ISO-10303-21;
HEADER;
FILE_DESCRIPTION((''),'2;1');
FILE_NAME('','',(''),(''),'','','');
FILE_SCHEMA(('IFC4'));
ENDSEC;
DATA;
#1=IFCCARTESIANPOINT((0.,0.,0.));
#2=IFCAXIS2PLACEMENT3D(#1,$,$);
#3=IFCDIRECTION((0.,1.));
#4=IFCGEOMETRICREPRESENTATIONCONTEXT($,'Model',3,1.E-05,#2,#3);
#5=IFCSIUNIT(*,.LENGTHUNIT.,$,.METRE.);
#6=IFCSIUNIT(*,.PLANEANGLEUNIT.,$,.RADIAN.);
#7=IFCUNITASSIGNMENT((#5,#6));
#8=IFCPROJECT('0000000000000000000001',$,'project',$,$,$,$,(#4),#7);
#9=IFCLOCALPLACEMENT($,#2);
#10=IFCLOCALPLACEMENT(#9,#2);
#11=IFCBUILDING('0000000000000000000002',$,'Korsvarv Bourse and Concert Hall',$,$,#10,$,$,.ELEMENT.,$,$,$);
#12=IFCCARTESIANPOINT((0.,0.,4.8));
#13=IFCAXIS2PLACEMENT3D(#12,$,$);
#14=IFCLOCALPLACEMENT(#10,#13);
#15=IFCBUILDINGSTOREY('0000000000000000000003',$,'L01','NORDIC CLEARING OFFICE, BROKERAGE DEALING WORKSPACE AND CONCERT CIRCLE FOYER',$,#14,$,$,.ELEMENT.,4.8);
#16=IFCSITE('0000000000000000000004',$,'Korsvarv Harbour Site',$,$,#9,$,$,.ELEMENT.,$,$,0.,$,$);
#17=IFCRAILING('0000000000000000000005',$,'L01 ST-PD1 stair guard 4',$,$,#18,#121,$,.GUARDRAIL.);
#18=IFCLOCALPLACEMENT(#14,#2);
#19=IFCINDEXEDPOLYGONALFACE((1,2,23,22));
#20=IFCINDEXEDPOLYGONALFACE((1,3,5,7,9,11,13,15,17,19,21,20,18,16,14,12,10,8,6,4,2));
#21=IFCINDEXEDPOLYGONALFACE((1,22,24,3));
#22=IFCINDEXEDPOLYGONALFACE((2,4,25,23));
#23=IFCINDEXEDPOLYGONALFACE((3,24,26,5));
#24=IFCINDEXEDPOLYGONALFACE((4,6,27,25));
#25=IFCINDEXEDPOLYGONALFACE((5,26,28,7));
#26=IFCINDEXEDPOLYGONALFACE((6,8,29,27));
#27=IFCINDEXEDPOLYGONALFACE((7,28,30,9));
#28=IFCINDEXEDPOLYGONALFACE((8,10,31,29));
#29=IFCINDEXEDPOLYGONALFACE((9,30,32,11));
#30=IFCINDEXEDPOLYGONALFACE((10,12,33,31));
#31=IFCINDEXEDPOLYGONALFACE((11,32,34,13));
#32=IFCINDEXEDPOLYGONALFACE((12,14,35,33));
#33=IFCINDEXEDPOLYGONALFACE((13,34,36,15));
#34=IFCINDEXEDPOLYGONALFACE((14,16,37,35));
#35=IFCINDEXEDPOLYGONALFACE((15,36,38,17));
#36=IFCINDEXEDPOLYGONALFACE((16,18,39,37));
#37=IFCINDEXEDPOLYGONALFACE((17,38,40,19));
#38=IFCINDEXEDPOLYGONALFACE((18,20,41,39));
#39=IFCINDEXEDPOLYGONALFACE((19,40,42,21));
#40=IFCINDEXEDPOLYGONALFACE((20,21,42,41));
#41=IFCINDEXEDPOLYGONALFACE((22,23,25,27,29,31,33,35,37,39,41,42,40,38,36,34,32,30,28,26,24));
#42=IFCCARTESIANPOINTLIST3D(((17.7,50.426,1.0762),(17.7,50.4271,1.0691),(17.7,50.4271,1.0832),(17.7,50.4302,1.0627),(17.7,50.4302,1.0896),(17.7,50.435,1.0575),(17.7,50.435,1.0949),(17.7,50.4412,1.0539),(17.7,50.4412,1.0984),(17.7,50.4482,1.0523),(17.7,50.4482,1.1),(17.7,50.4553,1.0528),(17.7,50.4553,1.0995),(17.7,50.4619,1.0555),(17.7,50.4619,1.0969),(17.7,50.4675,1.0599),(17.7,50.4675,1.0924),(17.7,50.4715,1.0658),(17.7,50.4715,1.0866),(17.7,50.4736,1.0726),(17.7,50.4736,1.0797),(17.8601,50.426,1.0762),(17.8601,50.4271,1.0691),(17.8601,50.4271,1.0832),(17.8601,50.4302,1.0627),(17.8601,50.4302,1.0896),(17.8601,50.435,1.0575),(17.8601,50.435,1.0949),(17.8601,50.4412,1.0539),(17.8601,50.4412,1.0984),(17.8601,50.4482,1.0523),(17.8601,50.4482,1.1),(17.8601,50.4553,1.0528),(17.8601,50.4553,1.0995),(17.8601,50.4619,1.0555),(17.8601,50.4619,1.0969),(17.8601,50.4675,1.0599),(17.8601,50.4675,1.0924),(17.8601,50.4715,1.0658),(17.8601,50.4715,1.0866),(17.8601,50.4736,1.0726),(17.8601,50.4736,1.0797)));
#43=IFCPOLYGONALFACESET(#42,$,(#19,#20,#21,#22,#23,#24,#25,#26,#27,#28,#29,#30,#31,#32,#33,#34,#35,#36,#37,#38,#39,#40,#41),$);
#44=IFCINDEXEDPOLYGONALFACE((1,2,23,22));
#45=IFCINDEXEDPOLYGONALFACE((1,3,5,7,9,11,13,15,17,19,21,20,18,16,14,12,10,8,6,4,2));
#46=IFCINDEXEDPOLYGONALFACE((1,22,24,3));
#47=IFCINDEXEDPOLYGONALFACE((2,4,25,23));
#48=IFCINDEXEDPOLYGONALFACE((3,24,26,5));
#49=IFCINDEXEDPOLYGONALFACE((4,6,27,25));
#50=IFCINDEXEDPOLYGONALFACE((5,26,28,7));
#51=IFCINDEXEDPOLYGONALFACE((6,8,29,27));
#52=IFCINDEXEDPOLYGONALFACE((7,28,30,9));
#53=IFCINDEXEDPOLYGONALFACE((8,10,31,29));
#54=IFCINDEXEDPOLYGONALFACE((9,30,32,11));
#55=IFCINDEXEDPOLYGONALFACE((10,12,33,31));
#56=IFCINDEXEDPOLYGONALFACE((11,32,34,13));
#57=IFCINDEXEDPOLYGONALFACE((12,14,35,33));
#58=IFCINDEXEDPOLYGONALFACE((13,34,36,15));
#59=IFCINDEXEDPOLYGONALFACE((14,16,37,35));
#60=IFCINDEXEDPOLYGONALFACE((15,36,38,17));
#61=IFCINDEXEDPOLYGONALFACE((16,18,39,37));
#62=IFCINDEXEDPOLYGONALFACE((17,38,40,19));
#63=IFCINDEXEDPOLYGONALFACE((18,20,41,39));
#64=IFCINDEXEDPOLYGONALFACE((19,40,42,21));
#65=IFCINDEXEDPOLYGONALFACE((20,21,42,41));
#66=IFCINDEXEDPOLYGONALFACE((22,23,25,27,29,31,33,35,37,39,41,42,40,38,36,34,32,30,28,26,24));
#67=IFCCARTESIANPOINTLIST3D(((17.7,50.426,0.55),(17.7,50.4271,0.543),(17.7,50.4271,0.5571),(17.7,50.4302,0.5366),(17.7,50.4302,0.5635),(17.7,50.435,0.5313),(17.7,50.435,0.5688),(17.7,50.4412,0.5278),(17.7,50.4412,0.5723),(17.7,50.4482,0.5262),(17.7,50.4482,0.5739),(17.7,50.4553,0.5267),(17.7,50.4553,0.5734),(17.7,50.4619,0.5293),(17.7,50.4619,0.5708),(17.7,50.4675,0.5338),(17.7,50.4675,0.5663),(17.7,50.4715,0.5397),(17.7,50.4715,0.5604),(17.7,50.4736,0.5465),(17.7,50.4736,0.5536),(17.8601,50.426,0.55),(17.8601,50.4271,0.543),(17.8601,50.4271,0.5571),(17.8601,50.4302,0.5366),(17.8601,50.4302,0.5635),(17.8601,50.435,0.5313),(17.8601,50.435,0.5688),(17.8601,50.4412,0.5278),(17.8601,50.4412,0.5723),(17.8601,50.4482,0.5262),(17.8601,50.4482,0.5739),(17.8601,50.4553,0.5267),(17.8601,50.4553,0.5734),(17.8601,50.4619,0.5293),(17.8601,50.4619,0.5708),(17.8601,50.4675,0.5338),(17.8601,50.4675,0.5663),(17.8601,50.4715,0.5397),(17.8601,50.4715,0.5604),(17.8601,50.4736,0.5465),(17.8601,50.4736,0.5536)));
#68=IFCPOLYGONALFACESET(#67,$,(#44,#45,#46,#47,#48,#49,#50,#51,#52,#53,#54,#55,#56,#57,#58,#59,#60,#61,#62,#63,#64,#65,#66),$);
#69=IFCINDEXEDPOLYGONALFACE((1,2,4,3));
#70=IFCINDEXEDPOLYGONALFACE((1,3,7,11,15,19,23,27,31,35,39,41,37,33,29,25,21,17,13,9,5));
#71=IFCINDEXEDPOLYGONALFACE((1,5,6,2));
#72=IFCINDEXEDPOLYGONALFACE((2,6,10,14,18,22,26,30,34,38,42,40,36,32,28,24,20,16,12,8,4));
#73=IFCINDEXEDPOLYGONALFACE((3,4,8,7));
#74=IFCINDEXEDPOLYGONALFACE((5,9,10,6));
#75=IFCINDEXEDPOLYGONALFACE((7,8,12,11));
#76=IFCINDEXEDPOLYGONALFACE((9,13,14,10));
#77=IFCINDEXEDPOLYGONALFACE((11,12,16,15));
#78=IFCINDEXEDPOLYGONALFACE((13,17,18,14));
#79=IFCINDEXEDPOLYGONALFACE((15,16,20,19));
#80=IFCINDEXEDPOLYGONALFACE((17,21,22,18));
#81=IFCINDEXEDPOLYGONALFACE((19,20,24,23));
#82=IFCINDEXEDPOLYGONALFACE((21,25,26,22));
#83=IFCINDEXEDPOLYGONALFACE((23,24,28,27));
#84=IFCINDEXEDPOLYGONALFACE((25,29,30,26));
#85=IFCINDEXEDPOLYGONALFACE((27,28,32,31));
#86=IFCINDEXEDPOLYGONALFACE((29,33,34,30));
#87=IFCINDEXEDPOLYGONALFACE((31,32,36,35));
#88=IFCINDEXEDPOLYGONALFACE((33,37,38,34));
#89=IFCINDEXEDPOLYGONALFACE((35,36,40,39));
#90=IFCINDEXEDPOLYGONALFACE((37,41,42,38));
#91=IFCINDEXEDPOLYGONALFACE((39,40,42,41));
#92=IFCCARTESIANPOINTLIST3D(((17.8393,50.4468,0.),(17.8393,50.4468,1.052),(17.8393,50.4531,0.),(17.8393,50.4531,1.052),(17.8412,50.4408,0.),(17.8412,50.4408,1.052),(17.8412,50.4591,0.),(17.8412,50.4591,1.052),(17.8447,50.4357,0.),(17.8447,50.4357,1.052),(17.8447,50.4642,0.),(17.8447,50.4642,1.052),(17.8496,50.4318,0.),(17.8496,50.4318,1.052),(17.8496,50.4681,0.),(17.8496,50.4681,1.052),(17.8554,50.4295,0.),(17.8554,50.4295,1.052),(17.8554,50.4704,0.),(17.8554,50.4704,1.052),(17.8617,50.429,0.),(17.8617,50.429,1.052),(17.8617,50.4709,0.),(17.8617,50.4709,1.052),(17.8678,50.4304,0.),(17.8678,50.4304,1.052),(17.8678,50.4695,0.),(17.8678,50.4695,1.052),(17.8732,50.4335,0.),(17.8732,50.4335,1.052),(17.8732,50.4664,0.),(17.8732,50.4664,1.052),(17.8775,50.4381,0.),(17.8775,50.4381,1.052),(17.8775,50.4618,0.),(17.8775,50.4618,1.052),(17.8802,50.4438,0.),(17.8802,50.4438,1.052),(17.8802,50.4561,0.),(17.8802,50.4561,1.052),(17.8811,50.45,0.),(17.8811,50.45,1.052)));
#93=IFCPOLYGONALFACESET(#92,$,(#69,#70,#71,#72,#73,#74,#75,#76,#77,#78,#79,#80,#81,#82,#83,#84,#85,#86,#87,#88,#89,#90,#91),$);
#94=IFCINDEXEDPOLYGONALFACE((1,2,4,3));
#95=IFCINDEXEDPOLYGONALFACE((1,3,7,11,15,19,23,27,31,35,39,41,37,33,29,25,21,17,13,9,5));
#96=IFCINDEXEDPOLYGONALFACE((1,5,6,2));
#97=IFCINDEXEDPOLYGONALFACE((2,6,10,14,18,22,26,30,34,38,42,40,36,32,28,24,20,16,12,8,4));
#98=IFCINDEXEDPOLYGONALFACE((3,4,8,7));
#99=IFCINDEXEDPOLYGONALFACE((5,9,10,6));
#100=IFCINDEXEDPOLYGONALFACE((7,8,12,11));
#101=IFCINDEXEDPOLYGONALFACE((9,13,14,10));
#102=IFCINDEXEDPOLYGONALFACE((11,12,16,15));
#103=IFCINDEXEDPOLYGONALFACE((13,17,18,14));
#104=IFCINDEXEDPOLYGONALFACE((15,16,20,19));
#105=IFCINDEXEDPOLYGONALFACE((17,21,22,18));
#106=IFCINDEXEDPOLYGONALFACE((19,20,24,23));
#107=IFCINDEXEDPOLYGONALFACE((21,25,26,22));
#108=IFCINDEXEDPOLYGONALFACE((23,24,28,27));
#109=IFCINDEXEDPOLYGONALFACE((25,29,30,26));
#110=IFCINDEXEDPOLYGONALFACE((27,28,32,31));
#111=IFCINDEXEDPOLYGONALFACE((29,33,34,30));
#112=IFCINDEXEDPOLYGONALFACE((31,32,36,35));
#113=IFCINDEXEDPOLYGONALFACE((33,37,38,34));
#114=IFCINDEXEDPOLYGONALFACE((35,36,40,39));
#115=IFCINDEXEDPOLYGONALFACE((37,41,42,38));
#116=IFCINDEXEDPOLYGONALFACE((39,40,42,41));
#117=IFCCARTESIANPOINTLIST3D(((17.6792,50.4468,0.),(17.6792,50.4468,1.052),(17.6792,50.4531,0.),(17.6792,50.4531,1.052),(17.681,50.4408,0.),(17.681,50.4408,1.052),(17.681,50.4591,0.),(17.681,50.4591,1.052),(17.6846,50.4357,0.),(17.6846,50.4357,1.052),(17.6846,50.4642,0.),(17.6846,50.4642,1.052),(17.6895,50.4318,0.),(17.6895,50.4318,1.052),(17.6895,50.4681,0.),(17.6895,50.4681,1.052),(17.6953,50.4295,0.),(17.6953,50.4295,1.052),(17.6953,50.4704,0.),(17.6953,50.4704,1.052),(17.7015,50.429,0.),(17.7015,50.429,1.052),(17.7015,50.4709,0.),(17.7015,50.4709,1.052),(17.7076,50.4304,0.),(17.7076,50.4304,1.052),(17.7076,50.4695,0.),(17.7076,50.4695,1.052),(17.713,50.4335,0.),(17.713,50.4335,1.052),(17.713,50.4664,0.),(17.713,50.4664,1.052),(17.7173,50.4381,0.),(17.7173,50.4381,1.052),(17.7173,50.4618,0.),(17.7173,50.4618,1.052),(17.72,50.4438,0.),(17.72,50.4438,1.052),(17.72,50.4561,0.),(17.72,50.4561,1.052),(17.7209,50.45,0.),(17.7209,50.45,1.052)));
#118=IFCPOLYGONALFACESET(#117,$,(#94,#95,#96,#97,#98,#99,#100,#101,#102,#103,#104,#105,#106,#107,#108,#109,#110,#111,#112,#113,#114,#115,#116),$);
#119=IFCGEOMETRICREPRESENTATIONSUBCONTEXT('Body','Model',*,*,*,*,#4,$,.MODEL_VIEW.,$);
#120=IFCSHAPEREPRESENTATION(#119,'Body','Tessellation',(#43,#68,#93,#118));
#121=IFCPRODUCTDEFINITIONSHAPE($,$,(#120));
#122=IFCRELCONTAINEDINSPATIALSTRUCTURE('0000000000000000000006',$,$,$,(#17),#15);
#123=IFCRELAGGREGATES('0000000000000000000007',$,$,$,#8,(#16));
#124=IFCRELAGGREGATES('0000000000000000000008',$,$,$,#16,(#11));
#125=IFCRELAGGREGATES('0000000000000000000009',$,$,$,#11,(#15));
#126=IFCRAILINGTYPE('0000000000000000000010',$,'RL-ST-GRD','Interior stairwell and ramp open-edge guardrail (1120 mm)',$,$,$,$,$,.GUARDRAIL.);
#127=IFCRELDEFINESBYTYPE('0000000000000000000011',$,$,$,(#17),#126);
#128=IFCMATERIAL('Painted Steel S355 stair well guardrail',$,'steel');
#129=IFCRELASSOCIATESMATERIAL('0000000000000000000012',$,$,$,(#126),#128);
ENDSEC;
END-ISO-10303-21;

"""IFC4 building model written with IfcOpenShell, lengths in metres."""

from ifc_helpers import new_model, si_unit, direction, frame, origin, origin_2d, place, context, subcontext, project, spatial, circle, extrude, material, type_object, element, save


model = new_model("IFC4")

# Units and contexts
model_context = context("Model", 3, precision=1e-05, world=origin(), true_north=direction((0.0, 1.0)))
body_context = subcontext(model_context, "Body", "Model", "MODEL_VIEW")
ifc_project = project(units=[si_unit("LENGTHUNIT", "METRE"), si_unit("PLANEANGLEUNIT", "RADIAN")], contexts=[model_context])

# Site, building, storey
site_placement = place(None, origin())
site = spatial("IfcSite", under=ifc_project, at=site_placement, Name="Korsvarv Harbour Site", CompositionType="ELEMENT", RefElevation=0.0)
building_placement = place(site_placement, origin())
building = spatial("IfcBuilding", under=site, at=building_placement, Name="Korsvarv Bourse and Concert Hall", CompositionType="ELEMENT")
storey_placement = place(building_placement, frame((0.0, 0.0, 4.8)))
storey = spatial("IfcBuildingStorey", under=building, at=storey_placement, Name="L01", Description="NORDIC CLEARING OFFICE, BROKERAGE DEALING WORKSPACE AND CONCERT CIRCLE FOYER", CompositionType="ELEMENT", Elevation=4.8)

# Railing
ifc_material_1 = material(Name="Painted Steel S355 stair well guardrail", Category="steel")
railing_type_1 = type_object("IfcRailingType", Name="RL-ST-GRD", Description="Interior stairwell and ramp open-edge guardrail (1120 mm)", PredefinedType="GUARDRAIL", material=ifc_material_1)
railing_1_placement = place(storey_placement, frame((17.8601, 50.45, 0.0)))
element("IfcRailing", 1, at=railing_1_placement, inside=storey, type_object=railing_type_1, Name="L01 ST-PD1 stair guard 4", PredefinedType="GUARDRAIL", context=body_context, shape_type="SweptSolid", body=[
    extrude(circle(Radius=0.0239, at=origin_2d()), frame((0.0, 0.0, 1.0762), z_axis=(-1.0, 0.0, 0.0), x_axis=(0.0, -1.0, 0.0)), (0.0, 0.0, 1.0), 0.1602),
    extrude(circle(Radius=0.0239, at=origin_2d()), frame((0.0, 0.0, 0.55), z_axis=(-1.0, 0.0, 0.0), x_axis=(0.0, -1.0, 0.0)), (0.0, 0.0, 1.0), 0.1602),
    extrude(circle(Radius=0.021, at=origin_2d()), origin(), (0.0, 0.0, 1.0), 1.052),
    extrude(circle(Radius=0.021, at=origin_2d()), frame((-0.1602, 0.0, 0.0)), (0.0, 0.0, 1.0), 1.052),
])

save(model, "model.ifc")
